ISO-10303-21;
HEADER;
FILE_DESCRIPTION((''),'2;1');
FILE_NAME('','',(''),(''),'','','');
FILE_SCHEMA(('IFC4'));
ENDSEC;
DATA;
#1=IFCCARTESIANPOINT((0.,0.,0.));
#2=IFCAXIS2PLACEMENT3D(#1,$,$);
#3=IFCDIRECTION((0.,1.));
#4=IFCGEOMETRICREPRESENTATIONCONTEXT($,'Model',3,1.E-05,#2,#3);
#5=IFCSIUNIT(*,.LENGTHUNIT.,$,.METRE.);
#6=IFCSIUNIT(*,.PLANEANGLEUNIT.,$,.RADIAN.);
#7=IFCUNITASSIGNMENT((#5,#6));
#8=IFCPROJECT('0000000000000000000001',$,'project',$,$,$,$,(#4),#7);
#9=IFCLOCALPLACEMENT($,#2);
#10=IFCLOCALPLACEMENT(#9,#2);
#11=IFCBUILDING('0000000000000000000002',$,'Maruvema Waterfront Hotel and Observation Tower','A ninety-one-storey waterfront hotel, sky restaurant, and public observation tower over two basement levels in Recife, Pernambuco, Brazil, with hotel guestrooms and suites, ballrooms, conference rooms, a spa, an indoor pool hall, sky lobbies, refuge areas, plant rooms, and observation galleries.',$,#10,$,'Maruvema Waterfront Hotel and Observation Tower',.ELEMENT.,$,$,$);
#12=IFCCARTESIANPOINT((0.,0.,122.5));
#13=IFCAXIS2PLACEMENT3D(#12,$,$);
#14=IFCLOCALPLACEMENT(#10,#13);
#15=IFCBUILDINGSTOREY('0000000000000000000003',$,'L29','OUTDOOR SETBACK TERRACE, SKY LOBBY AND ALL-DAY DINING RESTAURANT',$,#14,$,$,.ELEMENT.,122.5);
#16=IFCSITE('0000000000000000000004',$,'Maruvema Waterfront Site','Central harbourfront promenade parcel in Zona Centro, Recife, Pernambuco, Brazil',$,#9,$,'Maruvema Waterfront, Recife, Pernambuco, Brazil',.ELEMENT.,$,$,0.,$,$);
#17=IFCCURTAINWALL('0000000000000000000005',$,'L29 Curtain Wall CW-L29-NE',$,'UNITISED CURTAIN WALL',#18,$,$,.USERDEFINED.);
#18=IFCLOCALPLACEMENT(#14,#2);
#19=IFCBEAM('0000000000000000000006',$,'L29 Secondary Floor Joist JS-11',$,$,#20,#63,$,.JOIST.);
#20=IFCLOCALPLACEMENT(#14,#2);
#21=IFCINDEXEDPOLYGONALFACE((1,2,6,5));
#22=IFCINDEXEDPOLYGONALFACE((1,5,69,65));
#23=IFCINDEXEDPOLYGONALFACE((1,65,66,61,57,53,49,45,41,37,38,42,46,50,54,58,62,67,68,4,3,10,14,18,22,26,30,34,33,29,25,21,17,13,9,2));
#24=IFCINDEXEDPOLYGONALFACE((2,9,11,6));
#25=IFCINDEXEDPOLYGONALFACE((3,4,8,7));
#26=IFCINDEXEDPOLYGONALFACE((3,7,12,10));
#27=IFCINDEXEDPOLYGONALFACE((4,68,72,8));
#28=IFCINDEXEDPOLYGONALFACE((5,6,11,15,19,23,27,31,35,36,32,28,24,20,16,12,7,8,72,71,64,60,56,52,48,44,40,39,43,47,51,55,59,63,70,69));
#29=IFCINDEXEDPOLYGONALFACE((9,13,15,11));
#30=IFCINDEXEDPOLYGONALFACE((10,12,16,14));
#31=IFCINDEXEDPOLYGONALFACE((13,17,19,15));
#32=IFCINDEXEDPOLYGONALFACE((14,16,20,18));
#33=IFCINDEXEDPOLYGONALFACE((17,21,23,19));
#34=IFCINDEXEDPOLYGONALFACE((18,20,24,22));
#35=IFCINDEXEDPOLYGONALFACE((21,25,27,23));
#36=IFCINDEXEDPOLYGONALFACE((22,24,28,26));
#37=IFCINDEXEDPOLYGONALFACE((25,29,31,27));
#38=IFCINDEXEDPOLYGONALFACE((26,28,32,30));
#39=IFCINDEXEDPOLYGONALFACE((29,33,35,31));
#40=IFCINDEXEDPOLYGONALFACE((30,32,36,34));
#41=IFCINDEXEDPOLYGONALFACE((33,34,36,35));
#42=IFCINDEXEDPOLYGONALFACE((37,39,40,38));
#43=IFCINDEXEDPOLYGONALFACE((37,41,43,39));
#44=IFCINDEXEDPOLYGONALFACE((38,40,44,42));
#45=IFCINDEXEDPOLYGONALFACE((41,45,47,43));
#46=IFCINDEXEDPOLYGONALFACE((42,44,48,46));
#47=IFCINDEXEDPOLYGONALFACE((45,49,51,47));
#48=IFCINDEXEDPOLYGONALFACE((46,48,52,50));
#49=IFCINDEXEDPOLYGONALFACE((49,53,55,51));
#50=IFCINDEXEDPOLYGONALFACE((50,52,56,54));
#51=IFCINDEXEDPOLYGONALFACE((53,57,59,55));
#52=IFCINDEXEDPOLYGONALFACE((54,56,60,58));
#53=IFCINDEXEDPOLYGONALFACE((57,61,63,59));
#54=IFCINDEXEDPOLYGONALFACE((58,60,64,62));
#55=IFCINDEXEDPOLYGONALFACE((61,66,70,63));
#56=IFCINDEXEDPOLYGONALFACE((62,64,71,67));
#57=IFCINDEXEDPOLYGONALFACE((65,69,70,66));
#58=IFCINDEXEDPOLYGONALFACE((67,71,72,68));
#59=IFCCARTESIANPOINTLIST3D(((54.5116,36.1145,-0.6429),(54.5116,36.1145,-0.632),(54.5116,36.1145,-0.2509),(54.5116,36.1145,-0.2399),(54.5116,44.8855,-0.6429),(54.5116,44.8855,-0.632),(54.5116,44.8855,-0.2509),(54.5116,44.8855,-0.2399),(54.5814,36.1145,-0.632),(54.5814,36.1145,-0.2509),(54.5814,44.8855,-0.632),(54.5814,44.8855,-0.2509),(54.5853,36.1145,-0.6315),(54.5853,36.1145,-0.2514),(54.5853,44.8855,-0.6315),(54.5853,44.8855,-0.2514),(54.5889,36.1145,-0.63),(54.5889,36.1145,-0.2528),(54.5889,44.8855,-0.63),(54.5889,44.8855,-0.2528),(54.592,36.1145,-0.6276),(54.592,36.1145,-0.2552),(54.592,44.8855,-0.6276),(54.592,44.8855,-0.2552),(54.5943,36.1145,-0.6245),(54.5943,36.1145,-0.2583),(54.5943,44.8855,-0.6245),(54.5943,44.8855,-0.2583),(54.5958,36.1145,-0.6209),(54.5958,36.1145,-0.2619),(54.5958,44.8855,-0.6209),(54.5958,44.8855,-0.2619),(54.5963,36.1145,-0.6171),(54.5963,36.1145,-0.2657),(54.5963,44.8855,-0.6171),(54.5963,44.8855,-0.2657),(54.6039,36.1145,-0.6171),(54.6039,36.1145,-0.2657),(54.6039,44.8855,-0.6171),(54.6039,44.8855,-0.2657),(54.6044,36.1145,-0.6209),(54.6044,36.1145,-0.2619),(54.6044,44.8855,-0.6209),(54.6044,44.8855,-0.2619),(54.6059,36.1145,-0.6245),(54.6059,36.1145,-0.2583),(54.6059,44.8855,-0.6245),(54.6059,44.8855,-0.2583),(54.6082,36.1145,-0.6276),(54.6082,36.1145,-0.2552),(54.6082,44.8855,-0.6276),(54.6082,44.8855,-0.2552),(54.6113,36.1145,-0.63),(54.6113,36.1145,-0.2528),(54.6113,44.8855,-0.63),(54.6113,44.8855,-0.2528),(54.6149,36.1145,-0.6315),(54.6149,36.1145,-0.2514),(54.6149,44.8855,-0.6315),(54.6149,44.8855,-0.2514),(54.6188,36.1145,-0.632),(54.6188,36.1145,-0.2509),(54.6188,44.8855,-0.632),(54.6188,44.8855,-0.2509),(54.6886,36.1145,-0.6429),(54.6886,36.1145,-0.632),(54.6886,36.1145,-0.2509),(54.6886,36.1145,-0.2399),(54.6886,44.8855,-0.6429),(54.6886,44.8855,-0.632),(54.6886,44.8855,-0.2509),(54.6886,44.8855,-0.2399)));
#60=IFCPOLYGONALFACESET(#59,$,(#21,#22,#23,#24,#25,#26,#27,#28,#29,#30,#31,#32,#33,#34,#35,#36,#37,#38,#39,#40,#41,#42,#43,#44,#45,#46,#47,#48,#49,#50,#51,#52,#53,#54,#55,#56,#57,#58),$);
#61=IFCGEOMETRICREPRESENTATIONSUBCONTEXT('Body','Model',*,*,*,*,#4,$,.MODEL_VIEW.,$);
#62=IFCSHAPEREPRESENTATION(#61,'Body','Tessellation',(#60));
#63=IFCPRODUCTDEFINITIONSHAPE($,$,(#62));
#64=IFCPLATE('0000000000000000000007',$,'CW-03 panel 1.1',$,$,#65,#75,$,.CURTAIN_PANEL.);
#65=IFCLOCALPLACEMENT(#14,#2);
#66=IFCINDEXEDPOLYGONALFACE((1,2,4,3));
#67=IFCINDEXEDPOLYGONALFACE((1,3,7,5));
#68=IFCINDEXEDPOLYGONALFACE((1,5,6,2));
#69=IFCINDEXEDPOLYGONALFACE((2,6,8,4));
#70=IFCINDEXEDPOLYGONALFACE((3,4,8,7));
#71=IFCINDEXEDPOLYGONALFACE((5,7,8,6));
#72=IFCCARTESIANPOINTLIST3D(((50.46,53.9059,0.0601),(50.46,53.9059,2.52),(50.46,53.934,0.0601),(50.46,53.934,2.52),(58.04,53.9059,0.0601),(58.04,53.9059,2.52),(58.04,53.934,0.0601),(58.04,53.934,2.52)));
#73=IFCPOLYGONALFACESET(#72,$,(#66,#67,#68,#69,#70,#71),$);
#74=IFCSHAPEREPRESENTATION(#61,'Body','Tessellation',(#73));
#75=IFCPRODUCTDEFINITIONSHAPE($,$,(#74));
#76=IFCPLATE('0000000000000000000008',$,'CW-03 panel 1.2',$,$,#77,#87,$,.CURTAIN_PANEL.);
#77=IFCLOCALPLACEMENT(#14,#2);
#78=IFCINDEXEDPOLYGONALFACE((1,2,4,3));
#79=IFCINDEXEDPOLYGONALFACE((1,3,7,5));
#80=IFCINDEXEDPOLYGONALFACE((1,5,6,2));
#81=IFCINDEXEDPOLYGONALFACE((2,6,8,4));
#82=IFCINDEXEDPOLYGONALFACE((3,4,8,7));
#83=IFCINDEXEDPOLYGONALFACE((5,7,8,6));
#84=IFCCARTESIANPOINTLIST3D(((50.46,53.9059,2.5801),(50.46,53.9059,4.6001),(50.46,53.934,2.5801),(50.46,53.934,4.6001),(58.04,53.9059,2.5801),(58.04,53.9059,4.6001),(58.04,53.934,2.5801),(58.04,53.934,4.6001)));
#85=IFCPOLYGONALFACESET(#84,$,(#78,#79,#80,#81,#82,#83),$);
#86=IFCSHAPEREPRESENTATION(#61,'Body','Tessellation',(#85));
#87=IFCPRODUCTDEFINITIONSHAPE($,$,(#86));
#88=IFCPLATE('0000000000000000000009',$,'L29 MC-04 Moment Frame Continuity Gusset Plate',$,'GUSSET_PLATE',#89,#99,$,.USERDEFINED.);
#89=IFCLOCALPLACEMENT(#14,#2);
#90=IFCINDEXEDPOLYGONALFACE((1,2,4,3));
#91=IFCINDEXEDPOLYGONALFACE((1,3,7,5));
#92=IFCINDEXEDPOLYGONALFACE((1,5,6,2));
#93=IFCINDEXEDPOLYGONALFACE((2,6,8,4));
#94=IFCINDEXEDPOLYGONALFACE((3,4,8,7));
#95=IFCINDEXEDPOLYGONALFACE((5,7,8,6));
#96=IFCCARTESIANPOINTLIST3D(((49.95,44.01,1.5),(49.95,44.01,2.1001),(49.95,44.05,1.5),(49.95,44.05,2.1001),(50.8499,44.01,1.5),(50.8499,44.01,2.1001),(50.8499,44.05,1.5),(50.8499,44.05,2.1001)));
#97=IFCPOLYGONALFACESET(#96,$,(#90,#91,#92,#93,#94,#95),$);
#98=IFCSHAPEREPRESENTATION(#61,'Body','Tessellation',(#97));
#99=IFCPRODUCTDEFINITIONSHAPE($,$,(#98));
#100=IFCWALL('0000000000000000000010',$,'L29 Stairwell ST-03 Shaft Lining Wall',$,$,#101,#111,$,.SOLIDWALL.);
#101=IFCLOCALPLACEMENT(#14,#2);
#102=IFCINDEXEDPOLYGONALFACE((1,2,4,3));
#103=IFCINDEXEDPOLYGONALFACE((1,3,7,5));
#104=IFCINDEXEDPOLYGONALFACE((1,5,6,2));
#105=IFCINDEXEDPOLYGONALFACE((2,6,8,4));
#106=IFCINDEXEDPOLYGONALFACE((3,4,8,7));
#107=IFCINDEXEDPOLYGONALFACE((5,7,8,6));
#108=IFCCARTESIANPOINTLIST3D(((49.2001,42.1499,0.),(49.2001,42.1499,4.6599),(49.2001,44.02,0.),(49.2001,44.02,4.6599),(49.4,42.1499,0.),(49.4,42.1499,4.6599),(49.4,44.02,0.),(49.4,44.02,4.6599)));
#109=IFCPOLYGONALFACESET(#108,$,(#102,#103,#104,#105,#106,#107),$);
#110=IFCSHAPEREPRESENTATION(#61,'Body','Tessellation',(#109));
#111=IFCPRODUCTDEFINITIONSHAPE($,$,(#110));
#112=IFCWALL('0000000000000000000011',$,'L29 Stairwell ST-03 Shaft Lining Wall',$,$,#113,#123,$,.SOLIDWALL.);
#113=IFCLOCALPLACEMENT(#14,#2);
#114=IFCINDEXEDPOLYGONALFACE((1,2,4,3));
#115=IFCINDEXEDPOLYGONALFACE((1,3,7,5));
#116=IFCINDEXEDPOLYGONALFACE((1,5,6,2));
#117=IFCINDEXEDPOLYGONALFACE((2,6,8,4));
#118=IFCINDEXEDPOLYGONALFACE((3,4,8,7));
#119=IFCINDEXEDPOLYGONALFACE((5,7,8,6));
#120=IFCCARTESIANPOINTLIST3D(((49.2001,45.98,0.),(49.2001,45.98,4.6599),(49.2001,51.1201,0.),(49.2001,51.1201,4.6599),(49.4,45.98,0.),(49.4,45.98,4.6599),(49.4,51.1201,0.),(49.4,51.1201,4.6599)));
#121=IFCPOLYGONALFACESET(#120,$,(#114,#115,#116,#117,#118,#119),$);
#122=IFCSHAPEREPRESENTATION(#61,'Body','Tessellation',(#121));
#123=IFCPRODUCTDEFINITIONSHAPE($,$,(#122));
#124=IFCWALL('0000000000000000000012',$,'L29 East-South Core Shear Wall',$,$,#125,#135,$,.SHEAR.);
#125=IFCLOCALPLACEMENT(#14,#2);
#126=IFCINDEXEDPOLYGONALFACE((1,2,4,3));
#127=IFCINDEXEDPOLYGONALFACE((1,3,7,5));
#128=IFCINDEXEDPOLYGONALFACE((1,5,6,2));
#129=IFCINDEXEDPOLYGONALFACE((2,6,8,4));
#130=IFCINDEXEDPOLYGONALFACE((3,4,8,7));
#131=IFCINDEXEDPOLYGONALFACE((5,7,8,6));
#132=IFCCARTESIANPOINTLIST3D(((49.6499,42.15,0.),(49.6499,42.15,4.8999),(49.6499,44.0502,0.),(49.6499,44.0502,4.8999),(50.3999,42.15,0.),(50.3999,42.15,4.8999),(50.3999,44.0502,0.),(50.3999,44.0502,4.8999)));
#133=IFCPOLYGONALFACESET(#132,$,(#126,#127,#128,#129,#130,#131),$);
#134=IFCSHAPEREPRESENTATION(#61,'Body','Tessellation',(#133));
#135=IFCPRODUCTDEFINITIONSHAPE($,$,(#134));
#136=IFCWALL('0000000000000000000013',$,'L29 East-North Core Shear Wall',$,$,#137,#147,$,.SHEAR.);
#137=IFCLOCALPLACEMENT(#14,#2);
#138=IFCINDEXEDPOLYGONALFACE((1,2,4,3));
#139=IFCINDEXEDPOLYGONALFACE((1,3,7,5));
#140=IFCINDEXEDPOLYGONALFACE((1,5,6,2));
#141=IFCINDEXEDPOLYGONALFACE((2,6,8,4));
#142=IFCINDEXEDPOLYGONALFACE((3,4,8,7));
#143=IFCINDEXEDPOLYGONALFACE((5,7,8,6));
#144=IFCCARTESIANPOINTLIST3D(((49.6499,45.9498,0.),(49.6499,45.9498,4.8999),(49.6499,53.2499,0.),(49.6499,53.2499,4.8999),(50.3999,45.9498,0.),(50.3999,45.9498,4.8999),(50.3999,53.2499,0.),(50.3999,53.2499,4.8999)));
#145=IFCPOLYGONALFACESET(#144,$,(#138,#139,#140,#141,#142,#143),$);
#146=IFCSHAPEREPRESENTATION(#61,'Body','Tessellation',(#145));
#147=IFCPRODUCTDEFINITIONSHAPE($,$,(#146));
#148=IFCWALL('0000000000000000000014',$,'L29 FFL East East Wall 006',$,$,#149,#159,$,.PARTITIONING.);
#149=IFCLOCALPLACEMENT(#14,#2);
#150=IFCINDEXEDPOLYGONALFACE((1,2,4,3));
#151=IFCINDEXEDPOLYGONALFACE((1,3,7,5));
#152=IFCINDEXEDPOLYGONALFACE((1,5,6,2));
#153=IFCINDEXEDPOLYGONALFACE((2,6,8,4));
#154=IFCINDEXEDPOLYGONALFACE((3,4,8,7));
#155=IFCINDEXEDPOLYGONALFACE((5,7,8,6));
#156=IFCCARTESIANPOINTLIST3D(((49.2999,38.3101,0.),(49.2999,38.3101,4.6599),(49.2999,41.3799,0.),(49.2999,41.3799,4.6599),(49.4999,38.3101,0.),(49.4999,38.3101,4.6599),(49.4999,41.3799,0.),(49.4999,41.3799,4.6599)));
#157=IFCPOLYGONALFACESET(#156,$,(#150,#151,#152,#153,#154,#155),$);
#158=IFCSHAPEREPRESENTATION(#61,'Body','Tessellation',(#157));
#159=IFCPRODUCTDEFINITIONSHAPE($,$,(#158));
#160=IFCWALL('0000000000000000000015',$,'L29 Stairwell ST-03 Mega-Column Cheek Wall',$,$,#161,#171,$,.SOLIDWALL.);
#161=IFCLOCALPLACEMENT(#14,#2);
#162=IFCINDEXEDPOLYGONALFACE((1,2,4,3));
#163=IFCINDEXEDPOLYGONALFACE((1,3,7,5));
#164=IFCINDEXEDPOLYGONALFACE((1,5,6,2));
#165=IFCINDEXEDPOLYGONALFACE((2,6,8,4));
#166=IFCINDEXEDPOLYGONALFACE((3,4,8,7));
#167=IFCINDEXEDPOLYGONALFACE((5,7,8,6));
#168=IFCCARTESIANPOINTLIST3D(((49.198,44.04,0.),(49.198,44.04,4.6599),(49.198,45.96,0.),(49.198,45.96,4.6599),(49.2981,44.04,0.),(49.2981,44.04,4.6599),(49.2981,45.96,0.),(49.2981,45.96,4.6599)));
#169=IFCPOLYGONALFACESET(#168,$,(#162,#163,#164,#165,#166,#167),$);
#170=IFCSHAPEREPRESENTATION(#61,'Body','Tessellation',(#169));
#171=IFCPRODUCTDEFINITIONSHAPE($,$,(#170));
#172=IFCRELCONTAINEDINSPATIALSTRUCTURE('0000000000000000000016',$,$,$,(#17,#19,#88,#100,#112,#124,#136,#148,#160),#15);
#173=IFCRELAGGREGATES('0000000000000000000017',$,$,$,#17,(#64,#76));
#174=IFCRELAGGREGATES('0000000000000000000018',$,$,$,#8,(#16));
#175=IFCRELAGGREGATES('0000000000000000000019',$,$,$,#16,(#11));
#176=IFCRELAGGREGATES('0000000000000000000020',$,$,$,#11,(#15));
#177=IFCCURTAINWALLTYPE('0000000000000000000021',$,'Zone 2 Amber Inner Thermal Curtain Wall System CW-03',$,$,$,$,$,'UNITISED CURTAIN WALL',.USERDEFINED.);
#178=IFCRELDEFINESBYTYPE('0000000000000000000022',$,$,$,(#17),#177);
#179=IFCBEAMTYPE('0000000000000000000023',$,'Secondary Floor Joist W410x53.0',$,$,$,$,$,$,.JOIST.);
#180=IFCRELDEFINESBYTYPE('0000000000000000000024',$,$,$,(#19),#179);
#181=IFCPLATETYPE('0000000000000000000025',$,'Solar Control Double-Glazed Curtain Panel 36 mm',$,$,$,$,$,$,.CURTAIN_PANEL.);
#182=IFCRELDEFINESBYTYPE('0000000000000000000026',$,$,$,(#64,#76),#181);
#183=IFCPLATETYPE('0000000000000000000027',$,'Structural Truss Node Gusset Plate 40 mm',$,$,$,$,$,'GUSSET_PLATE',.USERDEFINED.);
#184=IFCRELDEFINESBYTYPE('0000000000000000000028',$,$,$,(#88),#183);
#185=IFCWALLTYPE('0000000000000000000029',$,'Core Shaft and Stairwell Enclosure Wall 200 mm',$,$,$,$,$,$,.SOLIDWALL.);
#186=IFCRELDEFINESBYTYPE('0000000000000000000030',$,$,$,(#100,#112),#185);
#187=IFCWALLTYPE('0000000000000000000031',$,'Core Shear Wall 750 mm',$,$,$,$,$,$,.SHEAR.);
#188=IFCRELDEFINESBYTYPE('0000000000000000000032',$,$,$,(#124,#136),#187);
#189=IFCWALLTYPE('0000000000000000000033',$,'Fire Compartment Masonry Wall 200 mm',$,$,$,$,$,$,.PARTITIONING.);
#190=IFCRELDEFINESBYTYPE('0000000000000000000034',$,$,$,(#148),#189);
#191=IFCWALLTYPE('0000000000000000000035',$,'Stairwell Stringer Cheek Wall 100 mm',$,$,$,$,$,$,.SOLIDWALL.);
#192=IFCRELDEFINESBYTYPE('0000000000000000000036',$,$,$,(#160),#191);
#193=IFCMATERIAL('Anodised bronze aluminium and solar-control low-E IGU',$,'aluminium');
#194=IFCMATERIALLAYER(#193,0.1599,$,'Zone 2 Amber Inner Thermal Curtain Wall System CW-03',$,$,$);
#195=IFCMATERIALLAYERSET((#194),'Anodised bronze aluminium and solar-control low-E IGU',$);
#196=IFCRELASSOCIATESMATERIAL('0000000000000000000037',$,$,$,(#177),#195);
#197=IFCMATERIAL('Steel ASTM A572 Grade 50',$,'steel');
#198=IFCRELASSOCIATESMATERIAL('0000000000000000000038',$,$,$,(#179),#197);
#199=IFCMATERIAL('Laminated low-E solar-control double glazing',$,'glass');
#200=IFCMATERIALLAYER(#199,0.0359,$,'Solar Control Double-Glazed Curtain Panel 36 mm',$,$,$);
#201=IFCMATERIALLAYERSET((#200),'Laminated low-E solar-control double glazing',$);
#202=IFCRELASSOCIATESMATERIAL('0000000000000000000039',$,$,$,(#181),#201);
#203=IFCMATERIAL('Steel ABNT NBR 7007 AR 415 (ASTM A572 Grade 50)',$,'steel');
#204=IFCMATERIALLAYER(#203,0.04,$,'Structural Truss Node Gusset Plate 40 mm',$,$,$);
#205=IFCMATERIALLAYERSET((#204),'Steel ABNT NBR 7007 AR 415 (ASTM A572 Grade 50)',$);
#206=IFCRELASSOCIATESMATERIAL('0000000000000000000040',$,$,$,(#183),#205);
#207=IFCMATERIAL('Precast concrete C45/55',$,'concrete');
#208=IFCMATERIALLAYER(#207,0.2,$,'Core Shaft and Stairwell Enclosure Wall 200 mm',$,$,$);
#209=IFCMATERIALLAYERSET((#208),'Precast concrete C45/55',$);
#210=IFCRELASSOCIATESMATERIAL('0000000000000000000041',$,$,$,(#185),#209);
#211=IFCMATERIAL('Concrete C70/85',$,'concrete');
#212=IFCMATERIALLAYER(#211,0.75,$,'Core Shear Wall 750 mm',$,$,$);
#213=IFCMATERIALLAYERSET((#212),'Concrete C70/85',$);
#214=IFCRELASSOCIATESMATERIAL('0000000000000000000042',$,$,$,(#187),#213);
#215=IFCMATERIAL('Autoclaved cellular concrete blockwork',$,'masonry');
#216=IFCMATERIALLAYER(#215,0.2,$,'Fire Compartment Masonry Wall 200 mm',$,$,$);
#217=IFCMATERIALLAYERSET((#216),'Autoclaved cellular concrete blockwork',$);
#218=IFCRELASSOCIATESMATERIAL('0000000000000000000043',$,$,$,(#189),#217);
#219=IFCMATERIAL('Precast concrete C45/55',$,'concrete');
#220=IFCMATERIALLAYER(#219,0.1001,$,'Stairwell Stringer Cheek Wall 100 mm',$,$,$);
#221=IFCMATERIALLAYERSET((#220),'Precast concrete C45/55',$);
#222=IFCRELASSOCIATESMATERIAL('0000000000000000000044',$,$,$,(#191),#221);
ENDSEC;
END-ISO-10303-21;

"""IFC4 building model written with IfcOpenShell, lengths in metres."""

from ifc_helpers import new_model, si_unit, direction, frame, frame_2d, origin, origin_2d, place, context, subcontext, project, spatial, rectangle, i_section, extrude, material, layer, layer_set, material_profile, profile_set, type_object, element, aggregate, save


model = new_model("IFC4")

# Units and contexts
model_context = context("Model", 3, precision=1e-05, world=origin(), true_north=direction((0.0, 1.0)))
body_context = subcontext(model_context, "Body", "Model", "MODEL_VIEW")
ifc_project = project(units=[si_unit("LENGTHUNIT", "METRE"), si_unit("PLANEANGLEUNIT", "RADIAN")], contexts=[model_context])

# Site, building, storey
site_placement = place(None, origin())
site = spatial("IfcSite", under=ifc_project, at=site_placement, Name="Maruvema Waterfront Site", Description="Central harbourfront promenade parcel in Zona Centro, Recife, Pernambuco, Brazil", LongName="Maruvema Waterfront, Recife, Pernambuco, Brazil", CompositionType="ELEMENT", RefElevation=0.0)
building_placement = place(site_placement, origin())
building = spatial("IfcBuilding", under=site, at=building_placement, Name="Maruvema Waterfront Hotel and Observation Tower", Description="A ninety-one-storey waterfront hotel, sky restaurant, and public observation tower over two basement levels in Recife, Pernambuco, Brazil, with hotel guestrooms and suites, ballrooms, conference rooms, a spa, an indoor pool hall, sky lobbies, refuge areas, plant rooms, and observation galleries.", LongName="Maruvema Waterfront Hotel and Observation Tower", CompositionType="ELEMENT")
storey_placement = place(building_placement, frame((0.0, 0.0, 122.5)))
storey = spatial("IfcBuildingStorey", under=building, at=storey_placement, Name="L29", Description="OUTDOOR SETBACK TERRACE, SKY LOBBY AND ALL-DAY DINING RESTAURANT", CompositionType="ELEMENT", Elevation=122.5)

# Curtain wall
ifc_material_1 = material(Name="Anodised bronze aluminium and solar-control low-E IGU", Category="aluminium")
ifc_layer_1 = layer(ifc_material_1, 0.1599, Name="Zone 2 Amber Inner Thermal Curtain Wall System CW-03")
ifc_layer_set_1 = layer_set([ifc_layer_1], Name="Anodised bronze aluminium and solar-control low-E IGU")
curtain_wall_type = type_object("IfcCurtainWallType", Name="Zone 2 Amber Inner Thermal Curtain Wall System CW-03", ElementType="UNITISED CURTAIN WALL", PredefinedType="USERDEFINED", material=ifc_layer_set_1)
curtain_wall_placement = place(storey_placement, origin())
curtain_wall = element("IfcCurtainWall", 1, at=curtain_wall_placement, inside=storey, type_object=curtain_wall_type, Name="L29 Curtain Wall CW-L29-NE", ObjectType="UNITISED CURTAIN WALL", PredefinedType="USERDEFINED")

# Beam
ifc_material_2 = material(Name="Steel ASTM A572 Grade 50", Category="steel")
ifc_material_profile_1 = material_profile(ifc_material_2, i_section(OverallWidth=0.177, OverallDepth=0.4031, WebThickness=0.0076, FlangeThickness=0.011, FilletRadius=0.0149, at=origin_2d()), Name="W410x53.0")
ifc_profile_set_1 = profile_set([ifc_material_profile_1], Name="Steel ASTM A572 Grade 50")
beam_type_1 = type_object("IfcBeamType", Name="Secondary Floor Joist W410x53.0", PredefinedType="JOIST", material=ifc_profile_set_1)
beam_1_placement = place(storey_placement, frame((54.6001, 36.1145, -0.4414), z_axis=(0.0, 1.0, 0.0), x_axis=(-1.0, 0.0, 0.0)))
element("IfcBeam", 2, at=beam_1_placement, inside=storey, type_object=beam_type_1, Name="L29 Secondary Floor Joist JS-11", PredefinedType="JOIST", context=body_context, shape_type="SweptSolid", body=[
    extrude(i_section(OverallWidth=0.177, OverallDepth=0.4031, WebThickness=0.0076, FlangeThickness=0.011, FilletRadius=0.0149, at=origin_2d()), origin(), (0.0, 0.0, 1.0), 8.771),
])

# Plates
ifc_material_3 = material(Name="Laminated low-E solar-control double glazing", Category="glass")
ifc_layer_2 = layer(ifc_material_3, 0.0359, Name="Solar Control Double-Glazed Curtain Panel 36 mm")
ifc_layer_set_2 = layer_set([ifc_layer_2], Name="Laminated low-E solar-control double glazing")
plate_type_1 = type_object("IfcPlateType", Name="Solar Control Double-Glazed Curtain Panel 36 mm", PredefinedType="CURTAIN_PANEL", material=ifc_layer_set_2)
plate_1_placement = place(storey_placement, frame((54.25, 53.9199, 0.0601), z_axis=(0.0, 0.0, 1.0), x_axis=(-1.0, 0.0, 0.0)))
plate_1 = element("IfcPlate", 3, at=plate_1_placement, type_object=plate_type_1, Name="CW-03 panel 1.1", PredefinedType="CURTAIN_PANEL", context=body_context, shape_type="SweptSolid", body=[
    extrude(rectangle(XDim=7.5801, YDim=0.0281, at=origin_2d()), origin(), (0.0, 0.0, 1.0), 2.46),
])
plate_2_placement = place(storey_placement, frame((54.25, 53.9199, 2.5801), z_axis=(0.0, 0.0, 1.0), x_axis=(-1.0, 0.0, 0.0)))
plate_2 = element("IfcPlate", 4, at=plate_2_placement, type_object=plate_type_1, Name="CW-03 panel 1.2", PredefinedType="CURTAIN_PANEL", context=body_context, shape_type="SweptSolid", body=[
    extrude(rectangle(XDim=7.5801, YDim=0.0281, at=origin_2d()), origin(), (0.0, 0.0, 1.0), 2.02),
])
aggregate(curtain_wall, [plate_1, plate_2])
ifc_material_4 = material(Name="Steel ABNT NBR 7007 AR 415 (ASTM A572 Grade 50)", Category="steel")
ifc_layer_3 = layer(ifc_material_4, 0.04, Name="Structural Truss Node Gusset Plate 40 mm")
ifc_layer_set_3 = layer_set([ifc_layer_3], Name="Steel ABNT NBR 7007 AR 415 (ASTM A572 Grade 50)")
plate_type_2 = type_object("IfcPlateType", Name="Structural Truss Node Gusset Plate 40 mm", ElementType="GUSSET_PLATE", PredefinedType="USERDEFINED", material=ifc_layer_set_3)
plate_3_placement = place(storey_placement, frame((50.3999, 44.03, 1.5), z_axis=(0.0, 0.0, 1.0), x_axis=(1.0, 0.0, 0.0)))
element("IfcPlate", 5, at=plate_3_placement, inside=storey, type_object=plate_type_2, Name="L29 MC-04 Moment Frame Continuity Gusset Plate", ObjectType="GUSSET_PLATE", PredefinedType="USERDEFINED", context=body_context, shape_type="SweptSolid", body=[
    extrude(rectangle(XDim=0.8999, YDim=0.04, at=origin_2d()), origin(), (0.0, 0.0, 1.0), 0.6001),
])

# Walls
ifc_material_5 = material(Name="Precast concrete C45/55", Category="concrete")
ifc_layer_4 = layer(ifc_material_5, 0.2, Name="Core Shaft and Stairwell Enclosure Wall 200 mm")
ifc_layer_set_4 = layer_set([ifc_layer_4], Name="Precast concrete C45/55")
wall_type_1 = type_object("IfcWallType", Name="Core Shaft and Stairwell Enclosure Wall 200 mm", PredefinedType="SOLIDWALL", material=ifc_layer_set_4)
wall_1_placement = place(storey_placement, frame((49.3, 42.1499, 0.0), z_axis=(0.0, 0.0, 1.0), x_axis=(0.0, 1.0, 0.0)))
element("IfcWall", 6, at=wall_1_placement, inside=storey, type_object=wall_type_1, Name="L29 Stairwell ST-03 Shaft Lining Wall", PredefinedType="SOLIDWALL", context=body_context, shape_type="SweptSolid", body=[
    extrude(rectangle(XDim=1.8701, YDim=0.2, at=frame_2d((0.9351, 0.0))), origin(), (0.0, 0.0, 1.0), 4.6599),
])
wall_2_placement = place(storey_placement, frame((49.3, 45.98, 0.0), z_axis=(0.0, 0.0, 1.0), x_axis=(0.0, 1.0, 0.0)))
element("IfcWall", 7, at=wall_2_placement, inside=storey, type_object=wall_type_1, Name="L29 Stairwell ST-03 Shaft Lining Wall", PredefinedType="SOLIDWALL", context=body_context, shape_type="SweptSolid", body=[
    extrude(rectangle(XDim=5.1401, YDim=0.2, at=frame_2d((2.5701, 0.0))), origin(), (0.0, 0.0, 1.0), 4.6599),
])
ifc_material_6 = material(Name="Concrete C70/85", Category="concrete")
ifc_layer_5 = layer(ifc_material_6, 0.75, Name="Core Shear Wall 750 mm")
ifc_layer_set_5 = layer_set([ifc_layer_5], Name="Concrete C70/85")
wall_type_2 = type_object("IfcWallType", Name="Core Shear Wall 750 mm", PredefinedType="SHEAR", material=ifc_layer_set_5)
wall_3_placement = place(storey_placement, frame((50.0249, 42.1499, 0.0), z_axis=(0.0, 0.0, 1.0), x_axis=(0.0, 1.0, 0.0)))
element("IfcWall", 8, at=wall_3_placement, inside=storey, type_object=wall_type_2, Name="L29 East-South Core Shear Wall", PredefinedType="SHEAR", context=body_context, shape_type="SweptSolid", body=[
    extrude(rectangle(XDim=1.9001, YDim=0.75, at=frame_2d((0.9502, 0.0))), origin(), (0.0, 0.0, 1.0), 4.8999),
])
wall_4_placement = place(storey_placement, frame((50.0249, 45.95, 0.0), z_axis=(0.0, 0.0, 1.0), x_axis=(0.0, 1.0, 0.0)))
element("IfcWall", 9, at=wall_4_placement, inside=storey, type_object=wall_type_2, Name="L29 East-North Core Shear Wall", PredefinedType="SHEAR", context=body_context, shape_type="SweptSolid", body=[
    extrude(rectangle(XDim=7.3, YDim=0.75, at=frame_2d((3.6499, 0.0))), origin(), (0.0, 0.0, 1.0), 4.8999),
])
ifc_material_7 = material(Name="Autoclaved cellular concrete blockwork", Category="masonry")
ifc_layer_6 = layer(ifc_material_7, 0.2, Name="Fire Compartment Masonry Wall 200 mm")
ifc_layer_set_6 = layer_set([ifc_layer_6], Name="Autoclaved cellular concrete blockwork")
wall_type_3 = type_object("IfcWallType", Name="Fire Compartment Masonry Wall 200 mm", PredefinedType="PARTITIONING", material=ifc_layer_set_6)
wall_5_placement = place(storey_placement, frame((49.3999, 38.3101, 0.0), z_axis=(0.0, 0.0, 1.0), x_axis=(0.0, 1.0, 0.0)))
element("IfcWall", 10, at=wall_5_placement, inside=storey, type_object=wall_type_3, Name="L29 FFL East East Wall 006", PredefinedType="PARTITIONING", context=body_context, shape_type="SweptSolid", body=[
    extrude(rectangle(XDim=3.0698, YDim=0.2, at=frame_2d((1.5349, 0.0))), origin(), (0.0, 0.0, 1.0), 4.6599),
])
ifc_material_8 = material(Name="Precast concrete C45/55", Category="concrete")
ifc_layer_7 = layer(ifc_material_8, 0.1001, Name="Stairwell Stringer Cheek Wall 100 mm")
ifc_layer_set_7 = layer_set([ifc_layer_7], Name="Precast concrete C45/55")
wall_type_4 = type_object("IfcWallType", Name="Stairwell Stringer Cheek Wall 100 mm", PredefinedType="SOLIDWALL", material=ifc_layer_set_7)
wall_6_placement = place(storey_placement, frame((49.248, 44.04, 0.0), z_axis=(0.0, 0.0, 1.0), x_axis=(0.0, 1.0, 0.0)))
element("IfcWall", 11, at=wall_6_placement, inside=storey, type_object=wall_type_4, Name="L29 Stairwell ST-03 Mega-Column Cheek Wall", PredefinedType="SOLIDWALL", context=body_context, shape_type="SweptSolid", body=[
    extrude(rectangle(XDim=1.9199, YDim=0.1001, at=frame_2d((0.96, 0.0))), origin(), (0.0, 0.0, 1.0), 4.6599),
])

save(model, "model.ifc")
